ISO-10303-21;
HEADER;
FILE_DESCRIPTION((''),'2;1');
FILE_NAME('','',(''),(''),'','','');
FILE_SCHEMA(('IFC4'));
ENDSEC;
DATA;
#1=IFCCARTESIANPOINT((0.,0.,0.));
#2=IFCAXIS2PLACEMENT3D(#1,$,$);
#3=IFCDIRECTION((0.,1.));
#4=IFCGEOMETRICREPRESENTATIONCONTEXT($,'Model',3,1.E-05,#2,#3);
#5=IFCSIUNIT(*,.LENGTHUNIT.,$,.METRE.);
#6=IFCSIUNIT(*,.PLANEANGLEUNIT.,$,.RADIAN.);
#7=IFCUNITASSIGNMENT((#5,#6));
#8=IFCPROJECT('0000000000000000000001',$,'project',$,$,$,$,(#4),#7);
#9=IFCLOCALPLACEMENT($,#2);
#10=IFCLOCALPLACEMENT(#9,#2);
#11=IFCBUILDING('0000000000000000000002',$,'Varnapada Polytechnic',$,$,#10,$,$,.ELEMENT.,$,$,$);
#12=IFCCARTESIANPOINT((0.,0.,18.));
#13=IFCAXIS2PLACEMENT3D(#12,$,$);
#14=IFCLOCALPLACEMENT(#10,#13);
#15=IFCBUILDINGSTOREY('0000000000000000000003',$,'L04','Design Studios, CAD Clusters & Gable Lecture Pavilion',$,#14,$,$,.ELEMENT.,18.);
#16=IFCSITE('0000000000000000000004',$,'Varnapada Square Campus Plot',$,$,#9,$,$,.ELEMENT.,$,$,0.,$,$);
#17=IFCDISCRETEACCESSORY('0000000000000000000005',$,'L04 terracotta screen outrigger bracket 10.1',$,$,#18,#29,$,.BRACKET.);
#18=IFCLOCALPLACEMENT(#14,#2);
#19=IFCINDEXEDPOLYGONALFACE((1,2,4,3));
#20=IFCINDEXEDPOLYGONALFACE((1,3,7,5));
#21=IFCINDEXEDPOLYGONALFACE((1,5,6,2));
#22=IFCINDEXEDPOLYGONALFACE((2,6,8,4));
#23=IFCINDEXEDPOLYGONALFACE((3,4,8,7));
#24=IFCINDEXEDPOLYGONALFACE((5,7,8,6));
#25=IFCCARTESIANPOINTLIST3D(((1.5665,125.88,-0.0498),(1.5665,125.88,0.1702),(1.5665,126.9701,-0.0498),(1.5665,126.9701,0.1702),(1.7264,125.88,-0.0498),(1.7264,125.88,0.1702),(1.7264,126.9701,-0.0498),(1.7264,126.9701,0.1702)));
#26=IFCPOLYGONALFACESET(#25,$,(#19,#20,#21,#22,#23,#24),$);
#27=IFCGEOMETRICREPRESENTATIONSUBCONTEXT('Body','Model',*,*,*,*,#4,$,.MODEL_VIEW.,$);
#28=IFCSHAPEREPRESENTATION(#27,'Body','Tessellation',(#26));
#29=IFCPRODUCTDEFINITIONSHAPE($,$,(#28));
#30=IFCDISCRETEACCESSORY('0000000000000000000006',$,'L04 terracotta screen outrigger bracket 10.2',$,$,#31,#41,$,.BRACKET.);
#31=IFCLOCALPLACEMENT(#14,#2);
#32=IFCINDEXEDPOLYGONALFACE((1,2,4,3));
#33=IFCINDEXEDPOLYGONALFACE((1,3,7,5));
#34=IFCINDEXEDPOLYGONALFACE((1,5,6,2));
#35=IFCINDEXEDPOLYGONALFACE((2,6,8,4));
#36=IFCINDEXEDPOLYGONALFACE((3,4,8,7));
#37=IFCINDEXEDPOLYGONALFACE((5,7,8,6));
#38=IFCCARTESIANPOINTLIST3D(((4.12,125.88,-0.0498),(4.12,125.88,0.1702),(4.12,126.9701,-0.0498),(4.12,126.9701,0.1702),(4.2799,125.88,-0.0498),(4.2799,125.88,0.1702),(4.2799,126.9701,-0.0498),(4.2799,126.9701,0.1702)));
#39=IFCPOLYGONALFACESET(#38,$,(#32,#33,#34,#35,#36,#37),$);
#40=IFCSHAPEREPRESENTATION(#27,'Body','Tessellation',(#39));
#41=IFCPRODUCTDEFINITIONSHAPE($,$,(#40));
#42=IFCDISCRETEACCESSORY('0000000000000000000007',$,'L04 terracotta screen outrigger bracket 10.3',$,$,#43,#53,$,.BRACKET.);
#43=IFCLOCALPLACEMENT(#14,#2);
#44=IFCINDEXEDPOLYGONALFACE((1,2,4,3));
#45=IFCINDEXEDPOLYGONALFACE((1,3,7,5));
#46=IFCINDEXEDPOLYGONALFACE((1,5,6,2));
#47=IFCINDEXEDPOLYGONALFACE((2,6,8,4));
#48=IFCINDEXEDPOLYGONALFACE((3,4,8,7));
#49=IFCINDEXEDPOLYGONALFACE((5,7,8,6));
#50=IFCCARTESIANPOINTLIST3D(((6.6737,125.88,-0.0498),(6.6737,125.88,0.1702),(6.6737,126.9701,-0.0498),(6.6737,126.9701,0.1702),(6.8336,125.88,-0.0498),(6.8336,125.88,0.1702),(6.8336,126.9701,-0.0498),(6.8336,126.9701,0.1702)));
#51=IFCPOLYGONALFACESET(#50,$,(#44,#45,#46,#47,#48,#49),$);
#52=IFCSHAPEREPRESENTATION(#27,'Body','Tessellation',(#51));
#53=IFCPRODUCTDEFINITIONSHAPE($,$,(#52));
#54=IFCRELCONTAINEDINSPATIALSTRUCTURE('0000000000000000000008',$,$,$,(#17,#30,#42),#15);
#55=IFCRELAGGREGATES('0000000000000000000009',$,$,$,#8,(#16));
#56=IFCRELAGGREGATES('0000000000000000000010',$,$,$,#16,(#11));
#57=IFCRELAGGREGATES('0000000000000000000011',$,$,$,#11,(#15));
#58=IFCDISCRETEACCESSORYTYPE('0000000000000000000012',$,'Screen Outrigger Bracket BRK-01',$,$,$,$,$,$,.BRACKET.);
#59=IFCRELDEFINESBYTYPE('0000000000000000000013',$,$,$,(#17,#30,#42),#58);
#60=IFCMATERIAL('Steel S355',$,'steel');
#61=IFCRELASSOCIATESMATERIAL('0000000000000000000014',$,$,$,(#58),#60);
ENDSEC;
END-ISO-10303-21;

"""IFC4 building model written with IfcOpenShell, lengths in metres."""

from ifc_helpers import new_model, si_unit, direction, frame, origin, origin_2d, place, context, subcontext, project, spatial, rectangle, extrude, material, type_object, element, save


model = new_model("IFC4")

# Units and contexts
model_context = context("Model", 3, precision=1e-05, world=origin(), true_north=direction((0.0, 1.0)))
body_context = subcontext(model_context, "Body", "Model", "MODEL_VIEW")
ifc_project = project(units=[si_unit("LENGTHUNIT", "METRE"), si_unit("PLANEANGLEUNIT", "RADIAN")], contexts=[model_context])

# Site, building, storey
site_placement = place(None, origin())
site = spatial("IfcSite", under=ifc_project, at=site_placement, Name="Varnapada Square Campus Plot", CompositionType="ELEMENT", RefElevation=0.0)
building_placement = place(site_placement, origin())
building = spatial("IfcBuilding", under=site, at=building_placement, Name="Varnapada Polytechnic", CompositionType="ELEMENT")
storey_placement = place(building_placement, frame((0.0, 0.0, 18.0)))
storey = spatial("IfcBuildingStorey", under=building, at=storey_placement, Name="L04", Description="Design Studios, CAD Clusters & Gable Lecture Pavilion", CompositionType="ELEMENT", Elevation=18.0)

# Discrete accessories
ifc_material_1 = material(Name="Steel S355", Category="steel")
discrete_accessory_type = type_object("IfcDiscreteAccessoryType", Name="Screen Outrigger Bracket BRK-01", PredefinedType="BRACKET", material=ifc_material_1)
for number, where, z_axis, x_axis, name in (
    (1, (1.6465, 126.425, -0.0498), (0.0, 0.0, 1.0), (1.0, 0.0, 0.0), "L04 terracotta screen outrigger bracket 10.1"),
    (2, (4.2, 126.425, -0.0498), (0.0, 0.0, 1.0), (1.0, 0.0, 0.0), "L04 terracotta screen outrigger bracket 10.2"),
    (3, (6.7537, 126.425, -0.0498), (0.0, 0.0, 1.0), (1.0, 0.0, 0.0), "L04 terracotta screen outrigger bracket 10.3"),
):
    element("IfcDiscreteAccessory", number, at=place(storey_placement, frame(where, z_axis=z_axis, x_axis=x_axis)), inside=storey, type_object=discrete_accessory_type, Name=name, PredefinedType="BRACKET", context=body_context, shape_type="SweptSolid", body=[
        extrude(rectangle(XDim=0.1599, YDim=1.0901, at=origin_2d()), origin(), (0.0, 0.0, 1.0), 0.22),
    ])

save(model, "model.ifc")
